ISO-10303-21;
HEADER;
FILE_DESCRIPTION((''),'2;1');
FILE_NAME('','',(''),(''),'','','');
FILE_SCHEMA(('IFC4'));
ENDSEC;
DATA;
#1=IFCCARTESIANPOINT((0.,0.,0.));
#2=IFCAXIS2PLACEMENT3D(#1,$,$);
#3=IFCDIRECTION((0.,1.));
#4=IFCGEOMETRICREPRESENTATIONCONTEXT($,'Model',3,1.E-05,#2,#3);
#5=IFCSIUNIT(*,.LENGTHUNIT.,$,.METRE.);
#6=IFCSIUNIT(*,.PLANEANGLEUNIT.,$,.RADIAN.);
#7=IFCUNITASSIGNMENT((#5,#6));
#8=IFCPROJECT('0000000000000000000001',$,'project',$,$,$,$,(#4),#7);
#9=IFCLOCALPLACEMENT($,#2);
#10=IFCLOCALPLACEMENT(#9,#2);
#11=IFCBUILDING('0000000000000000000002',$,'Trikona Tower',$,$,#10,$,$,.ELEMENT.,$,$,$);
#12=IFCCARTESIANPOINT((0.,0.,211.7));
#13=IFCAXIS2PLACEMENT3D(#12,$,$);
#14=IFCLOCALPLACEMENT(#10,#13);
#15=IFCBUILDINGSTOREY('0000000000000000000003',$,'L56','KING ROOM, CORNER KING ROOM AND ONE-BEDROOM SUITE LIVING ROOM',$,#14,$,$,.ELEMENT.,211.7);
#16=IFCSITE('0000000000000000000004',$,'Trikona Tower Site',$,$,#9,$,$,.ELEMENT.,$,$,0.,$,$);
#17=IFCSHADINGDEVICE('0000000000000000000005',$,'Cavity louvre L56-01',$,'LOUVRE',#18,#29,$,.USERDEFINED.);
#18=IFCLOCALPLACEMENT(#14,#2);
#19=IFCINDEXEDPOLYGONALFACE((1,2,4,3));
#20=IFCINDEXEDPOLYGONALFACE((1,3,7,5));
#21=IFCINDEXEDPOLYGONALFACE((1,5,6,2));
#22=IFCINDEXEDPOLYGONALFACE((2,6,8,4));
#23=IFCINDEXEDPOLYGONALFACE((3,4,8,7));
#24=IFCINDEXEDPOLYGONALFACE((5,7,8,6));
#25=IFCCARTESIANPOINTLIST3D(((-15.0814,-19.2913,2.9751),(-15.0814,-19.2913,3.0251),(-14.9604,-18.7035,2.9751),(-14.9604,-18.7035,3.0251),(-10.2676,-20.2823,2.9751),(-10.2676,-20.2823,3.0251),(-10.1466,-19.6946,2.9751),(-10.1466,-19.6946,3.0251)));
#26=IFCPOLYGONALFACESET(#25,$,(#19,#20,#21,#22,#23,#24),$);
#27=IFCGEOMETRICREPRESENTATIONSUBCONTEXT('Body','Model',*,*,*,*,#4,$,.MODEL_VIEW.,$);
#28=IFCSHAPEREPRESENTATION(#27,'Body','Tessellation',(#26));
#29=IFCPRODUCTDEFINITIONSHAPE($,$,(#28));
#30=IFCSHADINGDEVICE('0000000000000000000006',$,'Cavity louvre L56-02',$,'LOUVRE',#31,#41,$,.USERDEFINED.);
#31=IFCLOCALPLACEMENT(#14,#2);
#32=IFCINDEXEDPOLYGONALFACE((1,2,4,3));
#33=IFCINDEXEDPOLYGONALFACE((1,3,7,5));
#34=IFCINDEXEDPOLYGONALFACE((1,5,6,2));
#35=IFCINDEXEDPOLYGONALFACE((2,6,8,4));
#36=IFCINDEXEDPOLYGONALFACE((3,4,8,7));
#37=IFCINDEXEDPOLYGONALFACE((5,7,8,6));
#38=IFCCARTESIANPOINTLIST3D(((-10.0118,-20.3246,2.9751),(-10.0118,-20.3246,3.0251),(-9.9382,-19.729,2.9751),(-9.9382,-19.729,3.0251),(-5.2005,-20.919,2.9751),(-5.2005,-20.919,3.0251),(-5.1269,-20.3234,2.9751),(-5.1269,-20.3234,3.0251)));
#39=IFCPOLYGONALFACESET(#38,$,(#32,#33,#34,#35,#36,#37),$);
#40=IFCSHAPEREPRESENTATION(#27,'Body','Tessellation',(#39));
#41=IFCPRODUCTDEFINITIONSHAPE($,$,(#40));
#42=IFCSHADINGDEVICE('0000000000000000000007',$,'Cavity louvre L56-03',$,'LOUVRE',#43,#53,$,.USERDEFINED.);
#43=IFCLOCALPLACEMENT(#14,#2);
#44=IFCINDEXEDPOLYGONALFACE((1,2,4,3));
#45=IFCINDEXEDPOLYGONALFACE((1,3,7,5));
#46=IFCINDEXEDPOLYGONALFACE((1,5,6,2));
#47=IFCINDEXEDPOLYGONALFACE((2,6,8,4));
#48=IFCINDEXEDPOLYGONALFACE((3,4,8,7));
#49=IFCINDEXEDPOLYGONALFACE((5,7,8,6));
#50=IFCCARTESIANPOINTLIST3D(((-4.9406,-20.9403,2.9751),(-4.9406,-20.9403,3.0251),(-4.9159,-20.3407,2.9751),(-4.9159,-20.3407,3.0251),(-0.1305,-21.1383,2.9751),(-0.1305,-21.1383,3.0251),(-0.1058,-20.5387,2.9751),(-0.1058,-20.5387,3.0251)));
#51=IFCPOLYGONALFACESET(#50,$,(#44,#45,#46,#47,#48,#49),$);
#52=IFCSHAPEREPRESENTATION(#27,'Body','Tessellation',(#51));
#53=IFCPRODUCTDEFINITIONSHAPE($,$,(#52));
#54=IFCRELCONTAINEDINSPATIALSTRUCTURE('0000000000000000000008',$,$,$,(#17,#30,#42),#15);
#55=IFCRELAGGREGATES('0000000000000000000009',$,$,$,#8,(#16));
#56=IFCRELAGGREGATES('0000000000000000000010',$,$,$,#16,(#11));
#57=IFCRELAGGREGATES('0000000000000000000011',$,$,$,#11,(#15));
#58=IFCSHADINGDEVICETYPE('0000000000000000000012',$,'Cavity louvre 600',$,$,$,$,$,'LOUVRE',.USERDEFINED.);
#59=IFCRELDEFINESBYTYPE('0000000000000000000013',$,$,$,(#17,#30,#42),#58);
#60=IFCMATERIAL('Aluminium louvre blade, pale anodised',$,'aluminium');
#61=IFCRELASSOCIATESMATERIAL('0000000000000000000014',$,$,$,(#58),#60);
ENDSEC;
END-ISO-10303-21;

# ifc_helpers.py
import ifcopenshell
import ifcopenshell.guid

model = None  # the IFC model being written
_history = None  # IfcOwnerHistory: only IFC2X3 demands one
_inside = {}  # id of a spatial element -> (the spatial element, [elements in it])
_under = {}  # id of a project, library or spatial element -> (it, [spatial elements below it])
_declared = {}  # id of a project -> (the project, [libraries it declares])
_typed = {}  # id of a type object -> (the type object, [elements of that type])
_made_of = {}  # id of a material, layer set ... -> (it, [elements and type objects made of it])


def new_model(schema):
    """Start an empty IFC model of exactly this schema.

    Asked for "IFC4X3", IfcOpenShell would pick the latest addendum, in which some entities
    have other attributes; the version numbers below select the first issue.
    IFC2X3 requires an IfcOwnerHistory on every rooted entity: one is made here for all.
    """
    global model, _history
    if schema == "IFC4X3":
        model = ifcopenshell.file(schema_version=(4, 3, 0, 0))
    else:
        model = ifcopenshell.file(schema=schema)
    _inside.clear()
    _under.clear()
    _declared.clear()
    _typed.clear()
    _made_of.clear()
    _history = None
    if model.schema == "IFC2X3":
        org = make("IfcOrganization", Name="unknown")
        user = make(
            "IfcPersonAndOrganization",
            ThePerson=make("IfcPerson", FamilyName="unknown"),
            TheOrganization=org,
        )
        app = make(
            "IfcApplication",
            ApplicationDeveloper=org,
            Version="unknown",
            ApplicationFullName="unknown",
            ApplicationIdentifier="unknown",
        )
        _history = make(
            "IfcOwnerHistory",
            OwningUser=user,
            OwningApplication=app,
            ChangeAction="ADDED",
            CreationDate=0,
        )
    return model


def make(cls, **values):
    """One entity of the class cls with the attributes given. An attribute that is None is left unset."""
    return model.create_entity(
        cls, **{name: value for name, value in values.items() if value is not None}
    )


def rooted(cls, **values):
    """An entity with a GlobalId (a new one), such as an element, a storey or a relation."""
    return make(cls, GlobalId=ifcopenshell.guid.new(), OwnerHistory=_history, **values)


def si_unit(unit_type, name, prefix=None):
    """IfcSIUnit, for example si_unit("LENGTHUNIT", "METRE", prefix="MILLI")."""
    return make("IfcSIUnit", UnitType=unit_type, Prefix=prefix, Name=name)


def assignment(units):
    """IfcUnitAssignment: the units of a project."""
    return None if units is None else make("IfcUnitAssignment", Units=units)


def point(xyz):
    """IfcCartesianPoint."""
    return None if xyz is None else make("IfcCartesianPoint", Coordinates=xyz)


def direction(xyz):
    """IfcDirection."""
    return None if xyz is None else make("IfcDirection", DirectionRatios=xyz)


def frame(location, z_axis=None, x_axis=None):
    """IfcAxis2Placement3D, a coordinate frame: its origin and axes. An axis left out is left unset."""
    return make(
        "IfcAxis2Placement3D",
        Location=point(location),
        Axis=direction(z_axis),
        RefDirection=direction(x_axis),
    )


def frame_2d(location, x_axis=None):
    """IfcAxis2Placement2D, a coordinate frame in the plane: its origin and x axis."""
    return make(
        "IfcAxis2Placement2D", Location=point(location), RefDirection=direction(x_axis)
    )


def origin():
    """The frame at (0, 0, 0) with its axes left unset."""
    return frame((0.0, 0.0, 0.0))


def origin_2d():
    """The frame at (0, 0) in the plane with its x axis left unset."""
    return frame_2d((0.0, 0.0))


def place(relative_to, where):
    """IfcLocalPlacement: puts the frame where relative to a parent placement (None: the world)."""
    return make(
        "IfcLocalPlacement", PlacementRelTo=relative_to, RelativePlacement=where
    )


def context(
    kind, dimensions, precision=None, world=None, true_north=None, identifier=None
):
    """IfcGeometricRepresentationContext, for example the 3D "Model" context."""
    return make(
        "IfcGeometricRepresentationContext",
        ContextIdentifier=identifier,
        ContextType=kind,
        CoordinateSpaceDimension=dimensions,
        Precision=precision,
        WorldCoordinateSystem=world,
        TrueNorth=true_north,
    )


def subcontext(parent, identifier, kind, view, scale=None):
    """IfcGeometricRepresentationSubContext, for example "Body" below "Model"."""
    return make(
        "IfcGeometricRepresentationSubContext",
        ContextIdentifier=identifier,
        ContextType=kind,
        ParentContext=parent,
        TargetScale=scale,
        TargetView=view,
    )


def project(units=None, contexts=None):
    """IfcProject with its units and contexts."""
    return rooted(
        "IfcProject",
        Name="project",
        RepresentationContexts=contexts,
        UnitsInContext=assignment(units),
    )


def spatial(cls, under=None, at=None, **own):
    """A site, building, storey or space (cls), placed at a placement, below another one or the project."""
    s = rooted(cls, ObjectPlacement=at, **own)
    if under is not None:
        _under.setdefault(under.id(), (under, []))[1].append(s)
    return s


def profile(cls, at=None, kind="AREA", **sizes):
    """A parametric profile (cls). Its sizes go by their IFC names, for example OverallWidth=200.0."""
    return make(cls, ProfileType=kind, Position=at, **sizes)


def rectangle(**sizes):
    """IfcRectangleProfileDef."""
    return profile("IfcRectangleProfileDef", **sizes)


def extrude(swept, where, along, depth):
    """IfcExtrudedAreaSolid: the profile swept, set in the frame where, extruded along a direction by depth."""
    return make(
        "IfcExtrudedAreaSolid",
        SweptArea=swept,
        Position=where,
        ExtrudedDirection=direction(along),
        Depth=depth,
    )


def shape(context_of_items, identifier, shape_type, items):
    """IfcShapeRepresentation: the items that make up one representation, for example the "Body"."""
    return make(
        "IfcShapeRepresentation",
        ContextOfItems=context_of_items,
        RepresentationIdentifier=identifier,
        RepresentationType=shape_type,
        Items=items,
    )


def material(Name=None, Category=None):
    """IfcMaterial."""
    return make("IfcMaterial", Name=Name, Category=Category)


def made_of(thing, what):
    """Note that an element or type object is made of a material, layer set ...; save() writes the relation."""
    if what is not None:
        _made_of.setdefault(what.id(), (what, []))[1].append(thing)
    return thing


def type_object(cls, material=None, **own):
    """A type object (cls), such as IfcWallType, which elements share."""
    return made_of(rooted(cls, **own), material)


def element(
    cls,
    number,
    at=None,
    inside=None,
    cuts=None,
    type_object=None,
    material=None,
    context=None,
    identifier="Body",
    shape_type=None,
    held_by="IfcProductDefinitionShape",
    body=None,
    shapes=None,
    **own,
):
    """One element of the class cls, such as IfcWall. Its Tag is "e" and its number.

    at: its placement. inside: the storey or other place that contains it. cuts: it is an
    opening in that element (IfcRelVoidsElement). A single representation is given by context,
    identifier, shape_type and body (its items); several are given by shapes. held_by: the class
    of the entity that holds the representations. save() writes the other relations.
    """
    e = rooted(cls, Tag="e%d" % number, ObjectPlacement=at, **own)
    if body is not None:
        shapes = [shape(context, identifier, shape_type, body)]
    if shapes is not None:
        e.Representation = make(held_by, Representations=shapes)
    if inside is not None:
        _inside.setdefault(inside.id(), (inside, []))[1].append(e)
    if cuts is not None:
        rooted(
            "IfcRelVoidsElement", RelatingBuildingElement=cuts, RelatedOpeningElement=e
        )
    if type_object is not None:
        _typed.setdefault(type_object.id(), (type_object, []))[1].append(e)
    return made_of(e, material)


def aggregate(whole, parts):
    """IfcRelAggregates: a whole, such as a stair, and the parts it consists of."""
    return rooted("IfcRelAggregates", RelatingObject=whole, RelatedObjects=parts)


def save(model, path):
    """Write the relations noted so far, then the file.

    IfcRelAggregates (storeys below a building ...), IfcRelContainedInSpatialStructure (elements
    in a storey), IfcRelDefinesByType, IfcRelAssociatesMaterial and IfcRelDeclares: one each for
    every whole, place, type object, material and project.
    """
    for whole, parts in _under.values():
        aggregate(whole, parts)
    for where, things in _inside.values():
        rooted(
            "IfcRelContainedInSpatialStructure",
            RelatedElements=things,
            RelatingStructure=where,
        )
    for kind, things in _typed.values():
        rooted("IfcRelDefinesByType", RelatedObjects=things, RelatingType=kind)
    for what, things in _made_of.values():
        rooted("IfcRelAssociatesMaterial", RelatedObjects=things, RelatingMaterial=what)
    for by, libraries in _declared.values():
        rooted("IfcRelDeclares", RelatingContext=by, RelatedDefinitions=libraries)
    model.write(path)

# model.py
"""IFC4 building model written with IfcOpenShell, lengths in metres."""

from ifc_helpers import new_model, si_unit, direction, frame, origin, origin_2d, place, context, subcontext, project, spatial, rectangle, extrude, material, type_object, element, save


model = new_model("IFC4")

# Units and contexts
model_context = context("Model", 3, precision=1e-05, world=origin(), true_north=direction((0.0, 1.0)))
body_context = subcontext(model_context, "Body", "Model", "MODEL_VIEW")
ifc_project = project(units=[si_unit("LENGTHUNIT", "METRE"), si_unit("PLANEANGLEUNIT", "RADIAN")], contexts=[model_context])

# Site, building, storey
site_placement = place(None, origin())
site = spatial("IfcSite", under=ifc_project, at=site_placement, Name="Trikona Tower Site", CompositionType="ELEMENT", RefElevation=0.0)
building_placement = place(site_placement, origin())
building = spatial("IfcBuilding", under=site, at=building_placement, Name="Trikona Tower", CompositionType="ELEMENT")
storey_placement = place(building_placement, frame((0.0, 0.0, 211.7)))
storey = spatial("IfcBuildingStorey", under=building, at=storey_placement, Name="L56", Description="KING ROOM, CORNER KING ROOM AND ONE-BEDROOM SUITE LIVING ROOM", CompositionType="ELEMENT", Elevation=211.7)

# Shading devices
ifc_material_1 = material(Name="Aluminium louvre blade, pale anodised", Category="aluminium")
shading_device_type = type_object("IfcShadingDeviceType", Name="Cavity louvre 600", ElementType="LOUVRE", PredefinedType="USERDEFINED", material=ifc_material_1)
shading_device_1_placement = place(storey_placement, frame((-12.614, -19.4929, 2.9751), z_axis=(0.0, 0.0, 1.0), x_axis=(0.979458, -0.201651, 0.0)))
element("IfcShadingDevice", 1, at=shading_device_1_placement, inside=storey, type_object=shading_device_type, Name="Cavity louvre L56-01", ObjectType="LOUVRE", PredefinedType="USERDEFINED", context=body_context, shape_type="SweptSolid", body=[
    extrude(rectangle(XDim=4.9148, YDim=0.6001, at=origin_2d()), origin(), (0.0, 0.0, 1.0), 0.05),
])
shading_device_2_placement = place(storey_placement, frame((-7.5693, -20.324, 2.9751), z_axis=(0.0, 0.0, 1.0), x_axis=(0.992455, -0.122607, 0.0)))
element("IfcShadingDevice", 2, at=shading_device_2_placement, inside=storey, type_object=shading_device_type, Name="Cavity louvre L56-02", ObjectType="LOUVRE", PredefinedType="USERDEFINED", context=body_context, shape_type="SweptSolid", body=[
    extrude(rectangle(XDim=4.8479, YDim=0.6001, at=origin_2d()), origin(), (0.0, 0.0, 1.0), 0.05),
])
shading_device_3_placement = place(storey_placement, frame((-2.5232, -20.7395, 2.9751), z_axis=(0.0, 0.0, 1.0), x_axis=(0.999153, -0.041145, 0.0)))
element("IfcShadingDevice", 3, at=shading_device_3_placement, inside=storey, type_object=shading_device_type, Name="Cavity louvre L56-03", ObjectType="LOUVRE", PredefinedType="USERDEFINED", context=body_context, shape_type="SweptSolid", body=[
    extrude(rectangle(XDim=4.8142, YDim=0.6001, at=origin_2d()), origin(), (0.0, 0.0, 1.0), 0.05),
])

save(model, "model.ifc")
